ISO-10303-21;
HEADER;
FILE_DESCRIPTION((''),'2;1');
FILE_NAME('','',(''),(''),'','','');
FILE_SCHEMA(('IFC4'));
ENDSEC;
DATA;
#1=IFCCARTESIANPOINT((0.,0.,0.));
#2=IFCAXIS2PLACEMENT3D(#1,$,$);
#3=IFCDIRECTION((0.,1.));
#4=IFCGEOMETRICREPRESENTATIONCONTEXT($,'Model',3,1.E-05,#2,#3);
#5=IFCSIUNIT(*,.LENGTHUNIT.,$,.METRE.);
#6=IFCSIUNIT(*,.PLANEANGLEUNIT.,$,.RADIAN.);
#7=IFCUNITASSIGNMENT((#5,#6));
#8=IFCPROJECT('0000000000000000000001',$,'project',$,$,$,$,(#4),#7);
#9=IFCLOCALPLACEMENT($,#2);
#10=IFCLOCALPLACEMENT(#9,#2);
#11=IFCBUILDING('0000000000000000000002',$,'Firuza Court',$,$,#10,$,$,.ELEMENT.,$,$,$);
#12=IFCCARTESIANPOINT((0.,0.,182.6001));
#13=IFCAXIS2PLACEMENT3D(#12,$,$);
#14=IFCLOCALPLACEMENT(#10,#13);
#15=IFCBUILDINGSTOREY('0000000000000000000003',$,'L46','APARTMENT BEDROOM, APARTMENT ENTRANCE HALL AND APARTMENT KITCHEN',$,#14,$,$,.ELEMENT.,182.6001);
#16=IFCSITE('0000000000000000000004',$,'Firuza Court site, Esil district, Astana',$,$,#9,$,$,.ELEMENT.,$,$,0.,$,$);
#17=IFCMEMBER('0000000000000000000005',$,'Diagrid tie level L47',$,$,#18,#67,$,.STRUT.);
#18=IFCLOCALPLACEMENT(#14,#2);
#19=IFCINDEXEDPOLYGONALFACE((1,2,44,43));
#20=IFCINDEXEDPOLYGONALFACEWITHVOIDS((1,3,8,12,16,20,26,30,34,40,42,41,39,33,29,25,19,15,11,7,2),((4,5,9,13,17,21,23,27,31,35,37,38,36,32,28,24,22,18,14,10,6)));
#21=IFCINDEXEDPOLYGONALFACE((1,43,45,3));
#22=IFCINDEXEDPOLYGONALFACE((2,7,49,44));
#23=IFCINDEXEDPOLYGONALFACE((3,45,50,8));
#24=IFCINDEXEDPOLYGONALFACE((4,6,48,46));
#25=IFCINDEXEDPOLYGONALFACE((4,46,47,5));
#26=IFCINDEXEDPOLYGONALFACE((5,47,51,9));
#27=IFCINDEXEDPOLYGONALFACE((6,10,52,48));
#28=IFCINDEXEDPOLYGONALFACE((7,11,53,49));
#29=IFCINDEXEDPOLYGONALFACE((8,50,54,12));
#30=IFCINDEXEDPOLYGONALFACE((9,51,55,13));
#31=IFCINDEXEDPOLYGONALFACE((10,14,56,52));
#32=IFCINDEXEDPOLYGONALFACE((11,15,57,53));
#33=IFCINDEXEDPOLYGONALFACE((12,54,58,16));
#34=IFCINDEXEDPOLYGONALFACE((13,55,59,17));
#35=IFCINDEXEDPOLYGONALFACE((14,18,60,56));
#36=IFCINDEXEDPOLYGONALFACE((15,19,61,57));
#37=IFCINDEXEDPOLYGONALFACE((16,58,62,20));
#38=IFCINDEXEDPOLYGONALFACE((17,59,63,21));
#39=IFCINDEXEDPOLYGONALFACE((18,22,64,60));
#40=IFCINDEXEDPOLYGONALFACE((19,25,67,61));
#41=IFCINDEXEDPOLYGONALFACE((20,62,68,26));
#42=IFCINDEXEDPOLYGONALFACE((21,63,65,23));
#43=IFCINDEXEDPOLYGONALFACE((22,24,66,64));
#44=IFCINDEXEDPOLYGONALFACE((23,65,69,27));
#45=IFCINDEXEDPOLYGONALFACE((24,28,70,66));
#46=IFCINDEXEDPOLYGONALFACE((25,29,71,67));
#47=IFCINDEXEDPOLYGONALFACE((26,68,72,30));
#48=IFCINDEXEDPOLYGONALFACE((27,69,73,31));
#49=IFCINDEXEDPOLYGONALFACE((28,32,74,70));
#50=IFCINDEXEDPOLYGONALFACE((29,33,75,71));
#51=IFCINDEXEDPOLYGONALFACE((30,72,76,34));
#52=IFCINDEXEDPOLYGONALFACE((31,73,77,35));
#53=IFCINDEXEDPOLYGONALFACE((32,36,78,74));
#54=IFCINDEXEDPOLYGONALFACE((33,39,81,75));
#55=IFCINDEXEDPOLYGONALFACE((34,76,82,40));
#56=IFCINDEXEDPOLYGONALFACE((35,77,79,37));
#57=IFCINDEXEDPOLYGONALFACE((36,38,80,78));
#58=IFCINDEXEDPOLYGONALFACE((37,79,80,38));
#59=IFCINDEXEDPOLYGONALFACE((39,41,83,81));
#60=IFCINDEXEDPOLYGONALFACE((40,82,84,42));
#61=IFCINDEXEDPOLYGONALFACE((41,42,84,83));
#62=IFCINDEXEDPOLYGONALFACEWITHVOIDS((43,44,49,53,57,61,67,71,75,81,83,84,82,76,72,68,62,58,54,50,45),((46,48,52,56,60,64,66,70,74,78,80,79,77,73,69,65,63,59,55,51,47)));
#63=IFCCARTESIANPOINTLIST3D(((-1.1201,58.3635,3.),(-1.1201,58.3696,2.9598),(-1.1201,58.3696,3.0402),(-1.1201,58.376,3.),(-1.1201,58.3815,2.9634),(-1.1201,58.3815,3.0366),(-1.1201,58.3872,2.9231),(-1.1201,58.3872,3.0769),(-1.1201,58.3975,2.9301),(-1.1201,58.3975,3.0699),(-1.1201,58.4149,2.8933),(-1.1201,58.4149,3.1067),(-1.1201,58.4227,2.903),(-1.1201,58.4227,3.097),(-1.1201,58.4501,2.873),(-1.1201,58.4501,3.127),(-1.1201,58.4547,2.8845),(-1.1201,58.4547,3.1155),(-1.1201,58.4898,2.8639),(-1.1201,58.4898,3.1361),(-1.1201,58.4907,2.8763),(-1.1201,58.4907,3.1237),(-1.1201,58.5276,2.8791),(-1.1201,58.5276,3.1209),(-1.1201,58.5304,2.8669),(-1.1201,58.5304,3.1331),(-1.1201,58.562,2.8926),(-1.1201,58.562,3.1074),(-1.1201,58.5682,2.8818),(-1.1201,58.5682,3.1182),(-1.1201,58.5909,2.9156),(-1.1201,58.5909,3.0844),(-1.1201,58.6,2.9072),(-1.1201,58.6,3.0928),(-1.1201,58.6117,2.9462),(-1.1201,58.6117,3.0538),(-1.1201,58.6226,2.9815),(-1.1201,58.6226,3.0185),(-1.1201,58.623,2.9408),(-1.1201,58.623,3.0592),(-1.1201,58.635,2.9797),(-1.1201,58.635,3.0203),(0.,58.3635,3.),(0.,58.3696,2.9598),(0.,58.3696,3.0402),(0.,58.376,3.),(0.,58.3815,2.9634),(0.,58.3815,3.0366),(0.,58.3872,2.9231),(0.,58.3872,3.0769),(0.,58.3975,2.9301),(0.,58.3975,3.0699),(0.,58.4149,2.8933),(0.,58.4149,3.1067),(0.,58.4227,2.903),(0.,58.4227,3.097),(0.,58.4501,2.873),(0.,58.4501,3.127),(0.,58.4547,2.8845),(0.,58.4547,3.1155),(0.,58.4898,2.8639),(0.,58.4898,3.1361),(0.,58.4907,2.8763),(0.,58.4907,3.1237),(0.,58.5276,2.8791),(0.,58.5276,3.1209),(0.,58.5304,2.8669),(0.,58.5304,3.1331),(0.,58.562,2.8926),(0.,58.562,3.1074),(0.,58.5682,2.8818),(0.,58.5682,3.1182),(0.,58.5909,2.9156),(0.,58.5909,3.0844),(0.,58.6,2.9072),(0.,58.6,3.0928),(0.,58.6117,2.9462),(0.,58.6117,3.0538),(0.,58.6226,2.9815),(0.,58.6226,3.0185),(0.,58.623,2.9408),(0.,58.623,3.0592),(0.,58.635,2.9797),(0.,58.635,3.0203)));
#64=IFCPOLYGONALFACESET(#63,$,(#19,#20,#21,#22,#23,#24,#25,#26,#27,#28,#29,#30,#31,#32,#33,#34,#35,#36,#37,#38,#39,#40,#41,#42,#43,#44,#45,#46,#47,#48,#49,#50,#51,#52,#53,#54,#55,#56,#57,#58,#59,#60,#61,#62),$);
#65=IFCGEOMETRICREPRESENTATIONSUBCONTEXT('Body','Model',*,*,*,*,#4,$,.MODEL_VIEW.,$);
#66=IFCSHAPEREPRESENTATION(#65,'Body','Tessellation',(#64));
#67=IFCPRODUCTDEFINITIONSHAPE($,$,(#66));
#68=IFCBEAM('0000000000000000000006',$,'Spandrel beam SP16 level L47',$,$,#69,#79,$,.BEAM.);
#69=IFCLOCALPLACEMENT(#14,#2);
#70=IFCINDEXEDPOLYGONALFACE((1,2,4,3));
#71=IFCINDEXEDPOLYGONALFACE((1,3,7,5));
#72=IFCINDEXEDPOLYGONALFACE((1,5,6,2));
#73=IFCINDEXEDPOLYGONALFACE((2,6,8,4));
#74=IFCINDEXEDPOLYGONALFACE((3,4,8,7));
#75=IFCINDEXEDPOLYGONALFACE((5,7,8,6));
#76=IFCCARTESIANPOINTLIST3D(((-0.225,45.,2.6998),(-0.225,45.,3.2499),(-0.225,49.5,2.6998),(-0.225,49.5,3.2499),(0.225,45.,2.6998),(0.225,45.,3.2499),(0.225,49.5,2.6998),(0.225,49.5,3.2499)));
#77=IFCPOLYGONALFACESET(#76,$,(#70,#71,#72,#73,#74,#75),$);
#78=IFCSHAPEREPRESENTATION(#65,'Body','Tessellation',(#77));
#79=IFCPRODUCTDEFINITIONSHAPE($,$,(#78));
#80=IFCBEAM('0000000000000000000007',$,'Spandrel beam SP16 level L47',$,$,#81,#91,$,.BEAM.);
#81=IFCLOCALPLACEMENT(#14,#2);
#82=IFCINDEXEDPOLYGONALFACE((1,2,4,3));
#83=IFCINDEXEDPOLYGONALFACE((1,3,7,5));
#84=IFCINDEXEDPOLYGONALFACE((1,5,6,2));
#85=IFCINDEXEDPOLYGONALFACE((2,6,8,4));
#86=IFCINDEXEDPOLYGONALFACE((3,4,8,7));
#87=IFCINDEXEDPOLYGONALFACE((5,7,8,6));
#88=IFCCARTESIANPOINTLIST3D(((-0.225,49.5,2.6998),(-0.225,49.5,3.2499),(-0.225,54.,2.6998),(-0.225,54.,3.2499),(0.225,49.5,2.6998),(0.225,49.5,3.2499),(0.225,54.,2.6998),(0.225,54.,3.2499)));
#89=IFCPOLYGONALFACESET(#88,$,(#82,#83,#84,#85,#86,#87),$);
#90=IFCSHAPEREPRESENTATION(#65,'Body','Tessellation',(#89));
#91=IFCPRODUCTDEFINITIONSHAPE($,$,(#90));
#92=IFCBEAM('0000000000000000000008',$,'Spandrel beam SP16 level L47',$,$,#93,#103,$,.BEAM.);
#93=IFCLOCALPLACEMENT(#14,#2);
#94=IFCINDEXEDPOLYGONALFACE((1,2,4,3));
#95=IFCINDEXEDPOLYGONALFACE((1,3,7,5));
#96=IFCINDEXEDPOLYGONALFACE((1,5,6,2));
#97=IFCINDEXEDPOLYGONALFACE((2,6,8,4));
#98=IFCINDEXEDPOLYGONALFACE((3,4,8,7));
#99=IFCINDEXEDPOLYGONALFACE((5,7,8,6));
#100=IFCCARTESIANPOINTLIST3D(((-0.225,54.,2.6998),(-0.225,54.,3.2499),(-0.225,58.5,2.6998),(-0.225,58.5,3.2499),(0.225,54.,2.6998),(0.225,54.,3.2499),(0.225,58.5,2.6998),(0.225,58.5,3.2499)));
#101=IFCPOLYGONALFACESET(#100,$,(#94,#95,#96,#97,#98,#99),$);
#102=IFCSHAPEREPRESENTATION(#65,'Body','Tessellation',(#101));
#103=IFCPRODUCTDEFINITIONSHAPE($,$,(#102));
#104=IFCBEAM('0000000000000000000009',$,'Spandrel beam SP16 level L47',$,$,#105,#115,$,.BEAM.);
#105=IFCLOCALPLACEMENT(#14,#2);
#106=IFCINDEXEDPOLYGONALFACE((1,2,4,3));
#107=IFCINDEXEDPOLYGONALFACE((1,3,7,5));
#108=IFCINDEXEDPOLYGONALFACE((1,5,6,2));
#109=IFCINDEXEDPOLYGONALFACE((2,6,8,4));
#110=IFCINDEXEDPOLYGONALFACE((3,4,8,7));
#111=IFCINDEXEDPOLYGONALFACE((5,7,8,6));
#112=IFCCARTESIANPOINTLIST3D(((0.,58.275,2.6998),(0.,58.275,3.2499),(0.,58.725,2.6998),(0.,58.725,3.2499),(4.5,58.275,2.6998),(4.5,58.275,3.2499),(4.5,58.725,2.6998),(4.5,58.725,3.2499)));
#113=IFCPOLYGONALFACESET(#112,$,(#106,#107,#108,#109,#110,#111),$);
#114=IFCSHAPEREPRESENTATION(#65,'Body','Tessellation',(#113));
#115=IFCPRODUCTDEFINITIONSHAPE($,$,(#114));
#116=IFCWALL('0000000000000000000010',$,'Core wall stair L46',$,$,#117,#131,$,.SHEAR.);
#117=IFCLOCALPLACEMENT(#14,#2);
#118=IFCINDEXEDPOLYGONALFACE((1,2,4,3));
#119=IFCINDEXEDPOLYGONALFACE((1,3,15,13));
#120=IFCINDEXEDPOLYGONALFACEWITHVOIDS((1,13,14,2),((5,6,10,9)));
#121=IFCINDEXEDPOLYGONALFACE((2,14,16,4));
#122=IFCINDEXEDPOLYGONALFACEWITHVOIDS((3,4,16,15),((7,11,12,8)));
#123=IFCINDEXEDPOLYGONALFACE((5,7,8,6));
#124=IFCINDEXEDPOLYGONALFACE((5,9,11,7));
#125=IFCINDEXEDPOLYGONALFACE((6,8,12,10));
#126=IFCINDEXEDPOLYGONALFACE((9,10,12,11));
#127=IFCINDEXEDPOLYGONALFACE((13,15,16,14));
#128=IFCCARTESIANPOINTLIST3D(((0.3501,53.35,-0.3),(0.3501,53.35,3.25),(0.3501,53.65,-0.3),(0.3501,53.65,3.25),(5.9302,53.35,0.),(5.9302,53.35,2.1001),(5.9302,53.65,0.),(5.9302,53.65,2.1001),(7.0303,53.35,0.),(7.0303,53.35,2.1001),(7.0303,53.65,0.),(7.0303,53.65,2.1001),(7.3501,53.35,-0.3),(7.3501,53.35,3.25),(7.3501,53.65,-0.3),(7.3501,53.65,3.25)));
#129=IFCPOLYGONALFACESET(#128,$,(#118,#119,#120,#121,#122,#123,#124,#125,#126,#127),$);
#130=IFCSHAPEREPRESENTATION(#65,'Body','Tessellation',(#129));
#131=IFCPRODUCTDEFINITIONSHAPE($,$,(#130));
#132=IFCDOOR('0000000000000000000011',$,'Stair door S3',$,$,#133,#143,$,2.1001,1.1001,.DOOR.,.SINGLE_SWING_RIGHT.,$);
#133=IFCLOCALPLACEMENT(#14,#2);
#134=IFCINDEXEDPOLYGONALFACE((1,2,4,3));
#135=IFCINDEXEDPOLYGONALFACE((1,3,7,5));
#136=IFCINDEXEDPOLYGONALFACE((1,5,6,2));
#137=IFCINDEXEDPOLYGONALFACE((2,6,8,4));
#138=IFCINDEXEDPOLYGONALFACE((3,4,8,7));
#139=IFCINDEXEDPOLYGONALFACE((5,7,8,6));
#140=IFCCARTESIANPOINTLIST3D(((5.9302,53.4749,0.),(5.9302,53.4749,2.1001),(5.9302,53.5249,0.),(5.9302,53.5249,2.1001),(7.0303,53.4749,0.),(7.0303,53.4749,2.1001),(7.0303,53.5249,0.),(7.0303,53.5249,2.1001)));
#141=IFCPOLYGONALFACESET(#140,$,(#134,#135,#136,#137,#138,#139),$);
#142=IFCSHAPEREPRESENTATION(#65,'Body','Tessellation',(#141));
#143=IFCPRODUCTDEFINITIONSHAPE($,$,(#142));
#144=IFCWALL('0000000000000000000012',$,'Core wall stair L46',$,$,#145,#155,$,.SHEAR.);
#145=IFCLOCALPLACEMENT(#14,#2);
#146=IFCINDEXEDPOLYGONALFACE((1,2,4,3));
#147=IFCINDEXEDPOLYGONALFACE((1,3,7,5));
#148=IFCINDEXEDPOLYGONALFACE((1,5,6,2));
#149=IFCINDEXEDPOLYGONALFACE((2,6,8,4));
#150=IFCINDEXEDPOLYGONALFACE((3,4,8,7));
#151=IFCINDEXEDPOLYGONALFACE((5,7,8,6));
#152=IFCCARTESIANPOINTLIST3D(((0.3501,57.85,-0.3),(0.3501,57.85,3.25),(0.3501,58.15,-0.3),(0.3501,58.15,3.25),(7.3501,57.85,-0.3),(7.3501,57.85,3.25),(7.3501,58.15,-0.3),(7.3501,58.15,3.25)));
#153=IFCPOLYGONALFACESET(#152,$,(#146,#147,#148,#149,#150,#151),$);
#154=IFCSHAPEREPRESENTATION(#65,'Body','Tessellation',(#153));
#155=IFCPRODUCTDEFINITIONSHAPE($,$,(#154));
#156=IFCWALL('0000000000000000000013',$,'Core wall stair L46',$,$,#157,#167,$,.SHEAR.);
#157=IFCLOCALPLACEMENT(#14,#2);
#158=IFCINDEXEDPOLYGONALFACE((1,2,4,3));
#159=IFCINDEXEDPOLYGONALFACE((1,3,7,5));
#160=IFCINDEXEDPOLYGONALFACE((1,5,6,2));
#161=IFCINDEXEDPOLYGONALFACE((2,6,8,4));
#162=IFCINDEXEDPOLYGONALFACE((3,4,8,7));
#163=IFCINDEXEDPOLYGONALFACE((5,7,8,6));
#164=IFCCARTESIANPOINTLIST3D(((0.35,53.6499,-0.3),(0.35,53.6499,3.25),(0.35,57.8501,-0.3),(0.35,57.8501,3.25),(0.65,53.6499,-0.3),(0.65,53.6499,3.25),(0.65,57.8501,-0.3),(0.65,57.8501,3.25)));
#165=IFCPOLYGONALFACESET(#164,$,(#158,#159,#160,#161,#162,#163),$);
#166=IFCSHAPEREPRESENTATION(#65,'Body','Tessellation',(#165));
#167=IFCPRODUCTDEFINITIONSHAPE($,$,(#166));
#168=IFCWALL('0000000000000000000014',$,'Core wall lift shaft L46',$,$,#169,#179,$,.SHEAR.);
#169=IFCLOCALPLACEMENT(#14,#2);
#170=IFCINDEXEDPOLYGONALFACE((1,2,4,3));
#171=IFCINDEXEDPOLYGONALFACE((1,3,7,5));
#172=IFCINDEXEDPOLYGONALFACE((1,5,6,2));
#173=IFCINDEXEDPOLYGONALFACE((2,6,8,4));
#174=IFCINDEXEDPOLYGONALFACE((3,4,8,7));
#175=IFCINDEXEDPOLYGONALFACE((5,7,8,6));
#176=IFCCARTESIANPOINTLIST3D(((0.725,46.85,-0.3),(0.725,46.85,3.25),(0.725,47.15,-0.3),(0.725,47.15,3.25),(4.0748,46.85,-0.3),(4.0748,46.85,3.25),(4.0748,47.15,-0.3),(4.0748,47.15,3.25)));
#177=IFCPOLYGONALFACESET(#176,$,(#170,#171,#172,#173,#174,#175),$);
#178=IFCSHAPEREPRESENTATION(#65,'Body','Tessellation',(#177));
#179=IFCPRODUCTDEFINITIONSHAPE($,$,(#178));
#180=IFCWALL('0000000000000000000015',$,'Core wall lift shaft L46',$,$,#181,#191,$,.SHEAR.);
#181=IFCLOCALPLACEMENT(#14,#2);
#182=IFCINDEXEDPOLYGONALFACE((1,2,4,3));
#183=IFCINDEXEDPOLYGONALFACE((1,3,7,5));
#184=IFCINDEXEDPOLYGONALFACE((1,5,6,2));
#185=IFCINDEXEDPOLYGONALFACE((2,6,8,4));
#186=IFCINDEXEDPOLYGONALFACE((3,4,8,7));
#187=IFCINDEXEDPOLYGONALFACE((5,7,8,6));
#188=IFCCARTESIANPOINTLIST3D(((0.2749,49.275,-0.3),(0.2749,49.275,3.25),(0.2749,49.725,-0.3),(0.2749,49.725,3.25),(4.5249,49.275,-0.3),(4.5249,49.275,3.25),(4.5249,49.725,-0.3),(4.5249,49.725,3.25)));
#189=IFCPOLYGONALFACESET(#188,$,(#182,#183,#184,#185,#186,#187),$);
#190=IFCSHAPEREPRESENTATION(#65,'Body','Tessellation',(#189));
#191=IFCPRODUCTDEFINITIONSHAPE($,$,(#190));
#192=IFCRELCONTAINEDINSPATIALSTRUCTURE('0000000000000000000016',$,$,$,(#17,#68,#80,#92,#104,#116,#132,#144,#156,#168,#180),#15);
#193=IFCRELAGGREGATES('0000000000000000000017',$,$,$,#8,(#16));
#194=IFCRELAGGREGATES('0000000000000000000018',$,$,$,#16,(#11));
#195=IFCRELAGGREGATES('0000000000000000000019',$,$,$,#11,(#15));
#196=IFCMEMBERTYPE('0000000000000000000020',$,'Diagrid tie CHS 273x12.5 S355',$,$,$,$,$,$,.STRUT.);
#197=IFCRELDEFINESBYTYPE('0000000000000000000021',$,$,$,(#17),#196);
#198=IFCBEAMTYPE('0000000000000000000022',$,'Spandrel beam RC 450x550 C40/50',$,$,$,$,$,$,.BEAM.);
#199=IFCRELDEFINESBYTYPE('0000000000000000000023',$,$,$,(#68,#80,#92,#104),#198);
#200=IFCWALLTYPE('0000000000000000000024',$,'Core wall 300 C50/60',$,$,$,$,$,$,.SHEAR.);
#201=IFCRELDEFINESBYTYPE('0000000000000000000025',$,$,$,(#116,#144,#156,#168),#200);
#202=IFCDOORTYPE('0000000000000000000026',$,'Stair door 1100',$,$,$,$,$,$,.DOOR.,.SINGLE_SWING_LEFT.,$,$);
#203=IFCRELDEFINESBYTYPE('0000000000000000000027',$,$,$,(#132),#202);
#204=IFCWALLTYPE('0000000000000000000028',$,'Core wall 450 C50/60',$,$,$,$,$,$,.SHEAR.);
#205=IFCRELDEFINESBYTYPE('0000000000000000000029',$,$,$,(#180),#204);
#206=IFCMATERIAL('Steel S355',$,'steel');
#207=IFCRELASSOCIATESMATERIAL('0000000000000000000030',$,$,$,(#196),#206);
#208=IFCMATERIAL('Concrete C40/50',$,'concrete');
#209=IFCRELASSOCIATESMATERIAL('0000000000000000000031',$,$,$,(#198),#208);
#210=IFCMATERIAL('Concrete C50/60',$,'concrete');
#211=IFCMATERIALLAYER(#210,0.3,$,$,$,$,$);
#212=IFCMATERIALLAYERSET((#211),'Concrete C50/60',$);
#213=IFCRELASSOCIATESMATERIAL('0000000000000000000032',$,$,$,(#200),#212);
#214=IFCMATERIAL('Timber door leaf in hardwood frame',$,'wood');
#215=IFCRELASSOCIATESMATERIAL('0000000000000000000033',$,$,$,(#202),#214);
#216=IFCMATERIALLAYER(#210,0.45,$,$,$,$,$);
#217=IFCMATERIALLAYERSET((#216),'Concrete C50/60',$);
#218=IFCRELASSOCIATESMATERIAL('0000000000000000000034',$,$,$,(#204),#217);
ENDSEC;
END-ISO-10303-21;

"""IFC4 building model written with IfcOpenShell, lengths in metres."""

from ifc_helpers import new_model, si_unit, direction, frame, frame_2d, origin, origin_2d, place, context, subcontext, project, spatial, rectangle, hollow_circle, extrude, material, layer, layer_set, material_profile, profile_set, type_object, element, fill, save


model = new_model("IFC4")

# Units and contexts
model_context = context("Model", 3, precision=1e-05, world=origin(), true_north=direction((0.0, 1.0)))
body_context = subcontext(model_context, "Body", "Model", "MODEL_VIEW")
ifc_project = project(units=[si_unit("LENGTHUNIT", "METRE"), si_unit("PLANEANGLEUNIT", "RADIAN")], contexts=[model_context])

# Site, building, storey
site_placement = place(None, origin())
site = spatial("IfcSite", under=ifc_project, at=site_placement, Name="Firuza Court site, Esil district, Astana", CompositionType="ELEMENT", RefElevation=0.0)
building_placement = place(site_placement, origin())
building = spatial("IfcBuilding", under=site, at=building_placement, Name="Firuza Court", CompositionType="ELEMENT")
storey_placement = place(building_placement, frame((0.0, 0.0, 182.6001)))
storey = spatial("IfcBuildingStorey", under=building, at=storey_placement, Name="L46", Description="APARTMENT BEDROOM, APARTMENT ENTRANCE HALL AND APARTMENT KITCHEN", CompositionType="ELEMENT", Elevation=182.6001)

# Member
ifc_material_1 = material(Name="Steel S355", Category="steel")
ifc_material_profile_1 = material_profile(ifc_material_1, hollow_circle(Radius=0.1365, WallThickness=0.0125, at=origin_2d()), Name="CHS 273x12.5")
ifc_profile_set_1 = profile_set([ifc_material_profile_1], Name="Steel S355")
member_type_1 = type_object("IfcMemberType", Name="Diagrid tie CHS 273x12.5 S355", PredefinedType="STRUT", material=ifc_profile_set_1)
member_placement = place(storey_placement, frame((0.0, 58.5, 3.0), z_axis=(-1.0, 0.0, 0.0), x_axis=(0.0, -1.0, 0.0)))
element("IfcMember", 1, at=member_placement, inside=storey, type_object=member_type_1, Name="Diagrid tie level L47", PredefinedType="STRUT", context=body_context, shape_type="SweptSolid", body=[
    extrude(hollow_circle(Radius=0.1365, WallThickness=0.0125, at=origin_2d()), origin(), (0.0, 0.0, 1.0), 1.1201),
])

# Beams
ifc_material_2 = material(Name="Concrete C40/50", Category="concrete")
ifc_material_profile_2 = material_profile(ifc_material_2, rectangle(XDim=0.45, YDim=0.55, at=origin_2d()), Name="RC 450x550")
ifc_profile_set_2 = profile_set([ifc_material_profile_2], Name="Concrete C40/50")
beam_type = type_object("IfcBeamType", Name="Spandrel beam RC 450x550 C40/50", PredefinedType="BEAM", material=ifc_profile_set_2)
for number, where, z_axis, x_axis, name in (
    (2, (0.0, 49.5, 2.9749), (0.0, -1.0, 0.0), (1.0, 0.0, 0.0), "Spandrel beam SP16 level L47"),
    (3, (0.0, 54.0, 2.9749), (0.0, -1.0, 0.0), (1.0, 0.0, 0.0), "Spandrel beam SP16 level L47"),
    (4, (0.0, 58.5, 2.9749), (0.0, -1.0, 0.0), (1.0, 0.0, 0.0), "Spandrel beam SP16 level L47"),
    (5, (4.5, 58.5, 2.9749), (-1.0, 0.0, 0.0), (0.0, -1.0, 0.0), "Spandrel beam SP16 level L47"),
):
    element("IfcBeam", number, at=place(storey_placement, frame(where, z_axis=z_axis, x_axis=x_axis)), inside=storey, type_object=beam_type, Name=name, PredefinedType="BEAM", context=body_context, shape_type="SweptSolid", body=[
        extrude(rectangle(XDim=0.45, YDim=0.55, at=origin_2d()), origin(), (0.0, 0.0, 1.0), 4.5),
    ])

# Wall, opening, door
ifc_material_3 = material(Name="Concrete C50/60", Category="concrete")
ifc_layer_1 = layer(ifc_material_3, 0.3)
ifc_layer_set_1 = layer_set([ifc_layer_1], Name="Concrete C50/60")
wall_type_1 = type_object("IfcWallType", Name="Core wall 300 C50/60", PredefinedType="SHEAR", material=ifc_layer_set_1)
wall_1_placement = place(storey_placement, frame((0.3501, 53.5, -0.3), z_axis=(0.0, 0.0, 1.0), x_axis=(1.0, 0.0, 0.0)))
wall_1 = element("IfcWall", 6, at=wall_1_placement, inside=storey, type_object=wall_type_1, Name="Core wall stair L46", PredefinedType="SHEAR", context=body_context, shape_type="SweptSolid", body=[
    extrude(rectangle(XDim=7.0, YDim=0.3, at=frame_2d((3.5, 0.0))), origin(), (0.0, 0.0, 1.0), 3.55),
])
opening_placement = place(wall_1_placement, frame((5.5801, 0.0, 0.3)))
opening = element("IfcOpeningElement", 7, at=opening_placement, cuts=wall_1, PredefinedType="OPENING", context=body_context, shape_type="SweptSolid", body=[
    extrude(rectangle(XDim=1.1001, YDim=2.1001, at=frame_2d((0.55, 1.05))), frame((0.0, 0.1621, 0.0), z_axis=(0.0, -1.0, 0.0), x_axis=(1.0, 0.0, 0.0)), (0.0, 0.0, 1.0), 0.324),
])
ifc_material_4 = material(Name="Timber door leaf in hardwood frame", Category="wood")
door_type = type_object("IfcDoorType", Name="Stair door 1100", OperationType="SINGLE_SWING_LEFT", PredefinedType="DOOR", material=ifc_material_4)
door_placement = place(opening_placement, origin())
door = element("IfcDoor", 8, at=door_placement, inside=storey, type_object=door_type, Name="Stair door S3", OperationType="SINGLE_SWING_RIGHT", OverallHeight=2.1001, OverallWidth=1.1001, PredefinedType="DOOR", context=body_context, shape_type="SweptSolid", body=[
    extrude(rectangle(XDim=1.1001, YDim=2.1001, at=frame_2d((0.55, 1.05))), frame((0.0, 0.0249, 0.0), z_axis=(0.0, -1.0, 0.0), x_axis=(1.0, 0.0, 0.0)), (0.0, 0.0, 1.0), 0.05),
])
fill(opening, door)

# Walls
wall_2_placement = place(storey_placement, frame((0.3501, 58.0, -0.3), z_axis=(0.0, 0.0, 1.0), x_axis=(1.0, 0.0, 0.0)))
element("IfcWall", 9, at=wall_2_placement, inside=storey, type_object=wall_type_1, Name="Core wall stair L46", PredefinedType="SHEAR", context=body_context, shape_type="SweptSolid", body=[
    extrude(rectangle(XDim=7.0, YDim=0.3, at=frame_2d((3.5, 0.0))), origin(), (0.0, 0.0, 1.0), 3.55),
])
wall_3_placement = place(storey_placement, frame((0.5, 53.6499, -0.3), z_axis=(0.0, 0.0, 1.0), x_axis=(0.0, 1.0, 0.0)))
element("IfcWall", 10, at=wall_3_placement, inside=storey, type_object=wall_type_1, Name="Core wall stair L46", PredefinedType="SHEAR", context=body_context, shape_type="SweptSolid", body=[
    extrude(rectangle(XDim=4.2002, YDim=0.3, at=frame_2d((2.1001, 0.0))), origin(), (0.0, 0.0, 1.0), 3.55),
])
wall_4_placement = place(storey_placement, frame((0.7251, 47.0, -0.3), z_axis=(0.0, 0.0, 1.0), x_axis=(1.0, 0.0, 0.0)))
element("IfcWall", 11, at=wall_4_placement, inside=storey, type_object=wall_type_1, Name="Core wall lift shaft L46", PredefinedType="SHEAR", context=body_context, shape_type="SweptSolid", body=[
    extrude(rectangle(XDim=3.3499, YDim=0.3, at=frame_2d((1.6748, 0.0))), origin(), (0.0, 0.0, 1.0), 3.55),
])
ifc_layer_2 = layer(ifc_material_3, 0.45)
ifc_layer_set_2 = layer_set([ifc_layer_2], Name="Concrete C50/60")
wall_type_2 = type_object("IfcWallType", Name="Core wall 450 C50/60", PredefinedType="SHEAR", material=ifc_layer_set_2)
wall_5_placement = place(storey_placement, frame((0.2749, 49.5, -0.3), z_axis=(0.0, 0.0, 1.0), x_axis=(1.0, 0.0, 0.0)))
element("IfcWall", 12, at=wall_5_placement, inside=storey, type_object=wall_type_2, Name="Core wall lift shaft L46", PredefinedType="SHEAR", context=body_context, shape_type="SweptSolid", body=[
    extrude(rectangle(XDim=4.25, YDim=0.45, at=frame_2d((2.125, 0.0))), origin(), (0.0, 0.0, 1.0), 3.55),
])

save(model, "model.ifc")
